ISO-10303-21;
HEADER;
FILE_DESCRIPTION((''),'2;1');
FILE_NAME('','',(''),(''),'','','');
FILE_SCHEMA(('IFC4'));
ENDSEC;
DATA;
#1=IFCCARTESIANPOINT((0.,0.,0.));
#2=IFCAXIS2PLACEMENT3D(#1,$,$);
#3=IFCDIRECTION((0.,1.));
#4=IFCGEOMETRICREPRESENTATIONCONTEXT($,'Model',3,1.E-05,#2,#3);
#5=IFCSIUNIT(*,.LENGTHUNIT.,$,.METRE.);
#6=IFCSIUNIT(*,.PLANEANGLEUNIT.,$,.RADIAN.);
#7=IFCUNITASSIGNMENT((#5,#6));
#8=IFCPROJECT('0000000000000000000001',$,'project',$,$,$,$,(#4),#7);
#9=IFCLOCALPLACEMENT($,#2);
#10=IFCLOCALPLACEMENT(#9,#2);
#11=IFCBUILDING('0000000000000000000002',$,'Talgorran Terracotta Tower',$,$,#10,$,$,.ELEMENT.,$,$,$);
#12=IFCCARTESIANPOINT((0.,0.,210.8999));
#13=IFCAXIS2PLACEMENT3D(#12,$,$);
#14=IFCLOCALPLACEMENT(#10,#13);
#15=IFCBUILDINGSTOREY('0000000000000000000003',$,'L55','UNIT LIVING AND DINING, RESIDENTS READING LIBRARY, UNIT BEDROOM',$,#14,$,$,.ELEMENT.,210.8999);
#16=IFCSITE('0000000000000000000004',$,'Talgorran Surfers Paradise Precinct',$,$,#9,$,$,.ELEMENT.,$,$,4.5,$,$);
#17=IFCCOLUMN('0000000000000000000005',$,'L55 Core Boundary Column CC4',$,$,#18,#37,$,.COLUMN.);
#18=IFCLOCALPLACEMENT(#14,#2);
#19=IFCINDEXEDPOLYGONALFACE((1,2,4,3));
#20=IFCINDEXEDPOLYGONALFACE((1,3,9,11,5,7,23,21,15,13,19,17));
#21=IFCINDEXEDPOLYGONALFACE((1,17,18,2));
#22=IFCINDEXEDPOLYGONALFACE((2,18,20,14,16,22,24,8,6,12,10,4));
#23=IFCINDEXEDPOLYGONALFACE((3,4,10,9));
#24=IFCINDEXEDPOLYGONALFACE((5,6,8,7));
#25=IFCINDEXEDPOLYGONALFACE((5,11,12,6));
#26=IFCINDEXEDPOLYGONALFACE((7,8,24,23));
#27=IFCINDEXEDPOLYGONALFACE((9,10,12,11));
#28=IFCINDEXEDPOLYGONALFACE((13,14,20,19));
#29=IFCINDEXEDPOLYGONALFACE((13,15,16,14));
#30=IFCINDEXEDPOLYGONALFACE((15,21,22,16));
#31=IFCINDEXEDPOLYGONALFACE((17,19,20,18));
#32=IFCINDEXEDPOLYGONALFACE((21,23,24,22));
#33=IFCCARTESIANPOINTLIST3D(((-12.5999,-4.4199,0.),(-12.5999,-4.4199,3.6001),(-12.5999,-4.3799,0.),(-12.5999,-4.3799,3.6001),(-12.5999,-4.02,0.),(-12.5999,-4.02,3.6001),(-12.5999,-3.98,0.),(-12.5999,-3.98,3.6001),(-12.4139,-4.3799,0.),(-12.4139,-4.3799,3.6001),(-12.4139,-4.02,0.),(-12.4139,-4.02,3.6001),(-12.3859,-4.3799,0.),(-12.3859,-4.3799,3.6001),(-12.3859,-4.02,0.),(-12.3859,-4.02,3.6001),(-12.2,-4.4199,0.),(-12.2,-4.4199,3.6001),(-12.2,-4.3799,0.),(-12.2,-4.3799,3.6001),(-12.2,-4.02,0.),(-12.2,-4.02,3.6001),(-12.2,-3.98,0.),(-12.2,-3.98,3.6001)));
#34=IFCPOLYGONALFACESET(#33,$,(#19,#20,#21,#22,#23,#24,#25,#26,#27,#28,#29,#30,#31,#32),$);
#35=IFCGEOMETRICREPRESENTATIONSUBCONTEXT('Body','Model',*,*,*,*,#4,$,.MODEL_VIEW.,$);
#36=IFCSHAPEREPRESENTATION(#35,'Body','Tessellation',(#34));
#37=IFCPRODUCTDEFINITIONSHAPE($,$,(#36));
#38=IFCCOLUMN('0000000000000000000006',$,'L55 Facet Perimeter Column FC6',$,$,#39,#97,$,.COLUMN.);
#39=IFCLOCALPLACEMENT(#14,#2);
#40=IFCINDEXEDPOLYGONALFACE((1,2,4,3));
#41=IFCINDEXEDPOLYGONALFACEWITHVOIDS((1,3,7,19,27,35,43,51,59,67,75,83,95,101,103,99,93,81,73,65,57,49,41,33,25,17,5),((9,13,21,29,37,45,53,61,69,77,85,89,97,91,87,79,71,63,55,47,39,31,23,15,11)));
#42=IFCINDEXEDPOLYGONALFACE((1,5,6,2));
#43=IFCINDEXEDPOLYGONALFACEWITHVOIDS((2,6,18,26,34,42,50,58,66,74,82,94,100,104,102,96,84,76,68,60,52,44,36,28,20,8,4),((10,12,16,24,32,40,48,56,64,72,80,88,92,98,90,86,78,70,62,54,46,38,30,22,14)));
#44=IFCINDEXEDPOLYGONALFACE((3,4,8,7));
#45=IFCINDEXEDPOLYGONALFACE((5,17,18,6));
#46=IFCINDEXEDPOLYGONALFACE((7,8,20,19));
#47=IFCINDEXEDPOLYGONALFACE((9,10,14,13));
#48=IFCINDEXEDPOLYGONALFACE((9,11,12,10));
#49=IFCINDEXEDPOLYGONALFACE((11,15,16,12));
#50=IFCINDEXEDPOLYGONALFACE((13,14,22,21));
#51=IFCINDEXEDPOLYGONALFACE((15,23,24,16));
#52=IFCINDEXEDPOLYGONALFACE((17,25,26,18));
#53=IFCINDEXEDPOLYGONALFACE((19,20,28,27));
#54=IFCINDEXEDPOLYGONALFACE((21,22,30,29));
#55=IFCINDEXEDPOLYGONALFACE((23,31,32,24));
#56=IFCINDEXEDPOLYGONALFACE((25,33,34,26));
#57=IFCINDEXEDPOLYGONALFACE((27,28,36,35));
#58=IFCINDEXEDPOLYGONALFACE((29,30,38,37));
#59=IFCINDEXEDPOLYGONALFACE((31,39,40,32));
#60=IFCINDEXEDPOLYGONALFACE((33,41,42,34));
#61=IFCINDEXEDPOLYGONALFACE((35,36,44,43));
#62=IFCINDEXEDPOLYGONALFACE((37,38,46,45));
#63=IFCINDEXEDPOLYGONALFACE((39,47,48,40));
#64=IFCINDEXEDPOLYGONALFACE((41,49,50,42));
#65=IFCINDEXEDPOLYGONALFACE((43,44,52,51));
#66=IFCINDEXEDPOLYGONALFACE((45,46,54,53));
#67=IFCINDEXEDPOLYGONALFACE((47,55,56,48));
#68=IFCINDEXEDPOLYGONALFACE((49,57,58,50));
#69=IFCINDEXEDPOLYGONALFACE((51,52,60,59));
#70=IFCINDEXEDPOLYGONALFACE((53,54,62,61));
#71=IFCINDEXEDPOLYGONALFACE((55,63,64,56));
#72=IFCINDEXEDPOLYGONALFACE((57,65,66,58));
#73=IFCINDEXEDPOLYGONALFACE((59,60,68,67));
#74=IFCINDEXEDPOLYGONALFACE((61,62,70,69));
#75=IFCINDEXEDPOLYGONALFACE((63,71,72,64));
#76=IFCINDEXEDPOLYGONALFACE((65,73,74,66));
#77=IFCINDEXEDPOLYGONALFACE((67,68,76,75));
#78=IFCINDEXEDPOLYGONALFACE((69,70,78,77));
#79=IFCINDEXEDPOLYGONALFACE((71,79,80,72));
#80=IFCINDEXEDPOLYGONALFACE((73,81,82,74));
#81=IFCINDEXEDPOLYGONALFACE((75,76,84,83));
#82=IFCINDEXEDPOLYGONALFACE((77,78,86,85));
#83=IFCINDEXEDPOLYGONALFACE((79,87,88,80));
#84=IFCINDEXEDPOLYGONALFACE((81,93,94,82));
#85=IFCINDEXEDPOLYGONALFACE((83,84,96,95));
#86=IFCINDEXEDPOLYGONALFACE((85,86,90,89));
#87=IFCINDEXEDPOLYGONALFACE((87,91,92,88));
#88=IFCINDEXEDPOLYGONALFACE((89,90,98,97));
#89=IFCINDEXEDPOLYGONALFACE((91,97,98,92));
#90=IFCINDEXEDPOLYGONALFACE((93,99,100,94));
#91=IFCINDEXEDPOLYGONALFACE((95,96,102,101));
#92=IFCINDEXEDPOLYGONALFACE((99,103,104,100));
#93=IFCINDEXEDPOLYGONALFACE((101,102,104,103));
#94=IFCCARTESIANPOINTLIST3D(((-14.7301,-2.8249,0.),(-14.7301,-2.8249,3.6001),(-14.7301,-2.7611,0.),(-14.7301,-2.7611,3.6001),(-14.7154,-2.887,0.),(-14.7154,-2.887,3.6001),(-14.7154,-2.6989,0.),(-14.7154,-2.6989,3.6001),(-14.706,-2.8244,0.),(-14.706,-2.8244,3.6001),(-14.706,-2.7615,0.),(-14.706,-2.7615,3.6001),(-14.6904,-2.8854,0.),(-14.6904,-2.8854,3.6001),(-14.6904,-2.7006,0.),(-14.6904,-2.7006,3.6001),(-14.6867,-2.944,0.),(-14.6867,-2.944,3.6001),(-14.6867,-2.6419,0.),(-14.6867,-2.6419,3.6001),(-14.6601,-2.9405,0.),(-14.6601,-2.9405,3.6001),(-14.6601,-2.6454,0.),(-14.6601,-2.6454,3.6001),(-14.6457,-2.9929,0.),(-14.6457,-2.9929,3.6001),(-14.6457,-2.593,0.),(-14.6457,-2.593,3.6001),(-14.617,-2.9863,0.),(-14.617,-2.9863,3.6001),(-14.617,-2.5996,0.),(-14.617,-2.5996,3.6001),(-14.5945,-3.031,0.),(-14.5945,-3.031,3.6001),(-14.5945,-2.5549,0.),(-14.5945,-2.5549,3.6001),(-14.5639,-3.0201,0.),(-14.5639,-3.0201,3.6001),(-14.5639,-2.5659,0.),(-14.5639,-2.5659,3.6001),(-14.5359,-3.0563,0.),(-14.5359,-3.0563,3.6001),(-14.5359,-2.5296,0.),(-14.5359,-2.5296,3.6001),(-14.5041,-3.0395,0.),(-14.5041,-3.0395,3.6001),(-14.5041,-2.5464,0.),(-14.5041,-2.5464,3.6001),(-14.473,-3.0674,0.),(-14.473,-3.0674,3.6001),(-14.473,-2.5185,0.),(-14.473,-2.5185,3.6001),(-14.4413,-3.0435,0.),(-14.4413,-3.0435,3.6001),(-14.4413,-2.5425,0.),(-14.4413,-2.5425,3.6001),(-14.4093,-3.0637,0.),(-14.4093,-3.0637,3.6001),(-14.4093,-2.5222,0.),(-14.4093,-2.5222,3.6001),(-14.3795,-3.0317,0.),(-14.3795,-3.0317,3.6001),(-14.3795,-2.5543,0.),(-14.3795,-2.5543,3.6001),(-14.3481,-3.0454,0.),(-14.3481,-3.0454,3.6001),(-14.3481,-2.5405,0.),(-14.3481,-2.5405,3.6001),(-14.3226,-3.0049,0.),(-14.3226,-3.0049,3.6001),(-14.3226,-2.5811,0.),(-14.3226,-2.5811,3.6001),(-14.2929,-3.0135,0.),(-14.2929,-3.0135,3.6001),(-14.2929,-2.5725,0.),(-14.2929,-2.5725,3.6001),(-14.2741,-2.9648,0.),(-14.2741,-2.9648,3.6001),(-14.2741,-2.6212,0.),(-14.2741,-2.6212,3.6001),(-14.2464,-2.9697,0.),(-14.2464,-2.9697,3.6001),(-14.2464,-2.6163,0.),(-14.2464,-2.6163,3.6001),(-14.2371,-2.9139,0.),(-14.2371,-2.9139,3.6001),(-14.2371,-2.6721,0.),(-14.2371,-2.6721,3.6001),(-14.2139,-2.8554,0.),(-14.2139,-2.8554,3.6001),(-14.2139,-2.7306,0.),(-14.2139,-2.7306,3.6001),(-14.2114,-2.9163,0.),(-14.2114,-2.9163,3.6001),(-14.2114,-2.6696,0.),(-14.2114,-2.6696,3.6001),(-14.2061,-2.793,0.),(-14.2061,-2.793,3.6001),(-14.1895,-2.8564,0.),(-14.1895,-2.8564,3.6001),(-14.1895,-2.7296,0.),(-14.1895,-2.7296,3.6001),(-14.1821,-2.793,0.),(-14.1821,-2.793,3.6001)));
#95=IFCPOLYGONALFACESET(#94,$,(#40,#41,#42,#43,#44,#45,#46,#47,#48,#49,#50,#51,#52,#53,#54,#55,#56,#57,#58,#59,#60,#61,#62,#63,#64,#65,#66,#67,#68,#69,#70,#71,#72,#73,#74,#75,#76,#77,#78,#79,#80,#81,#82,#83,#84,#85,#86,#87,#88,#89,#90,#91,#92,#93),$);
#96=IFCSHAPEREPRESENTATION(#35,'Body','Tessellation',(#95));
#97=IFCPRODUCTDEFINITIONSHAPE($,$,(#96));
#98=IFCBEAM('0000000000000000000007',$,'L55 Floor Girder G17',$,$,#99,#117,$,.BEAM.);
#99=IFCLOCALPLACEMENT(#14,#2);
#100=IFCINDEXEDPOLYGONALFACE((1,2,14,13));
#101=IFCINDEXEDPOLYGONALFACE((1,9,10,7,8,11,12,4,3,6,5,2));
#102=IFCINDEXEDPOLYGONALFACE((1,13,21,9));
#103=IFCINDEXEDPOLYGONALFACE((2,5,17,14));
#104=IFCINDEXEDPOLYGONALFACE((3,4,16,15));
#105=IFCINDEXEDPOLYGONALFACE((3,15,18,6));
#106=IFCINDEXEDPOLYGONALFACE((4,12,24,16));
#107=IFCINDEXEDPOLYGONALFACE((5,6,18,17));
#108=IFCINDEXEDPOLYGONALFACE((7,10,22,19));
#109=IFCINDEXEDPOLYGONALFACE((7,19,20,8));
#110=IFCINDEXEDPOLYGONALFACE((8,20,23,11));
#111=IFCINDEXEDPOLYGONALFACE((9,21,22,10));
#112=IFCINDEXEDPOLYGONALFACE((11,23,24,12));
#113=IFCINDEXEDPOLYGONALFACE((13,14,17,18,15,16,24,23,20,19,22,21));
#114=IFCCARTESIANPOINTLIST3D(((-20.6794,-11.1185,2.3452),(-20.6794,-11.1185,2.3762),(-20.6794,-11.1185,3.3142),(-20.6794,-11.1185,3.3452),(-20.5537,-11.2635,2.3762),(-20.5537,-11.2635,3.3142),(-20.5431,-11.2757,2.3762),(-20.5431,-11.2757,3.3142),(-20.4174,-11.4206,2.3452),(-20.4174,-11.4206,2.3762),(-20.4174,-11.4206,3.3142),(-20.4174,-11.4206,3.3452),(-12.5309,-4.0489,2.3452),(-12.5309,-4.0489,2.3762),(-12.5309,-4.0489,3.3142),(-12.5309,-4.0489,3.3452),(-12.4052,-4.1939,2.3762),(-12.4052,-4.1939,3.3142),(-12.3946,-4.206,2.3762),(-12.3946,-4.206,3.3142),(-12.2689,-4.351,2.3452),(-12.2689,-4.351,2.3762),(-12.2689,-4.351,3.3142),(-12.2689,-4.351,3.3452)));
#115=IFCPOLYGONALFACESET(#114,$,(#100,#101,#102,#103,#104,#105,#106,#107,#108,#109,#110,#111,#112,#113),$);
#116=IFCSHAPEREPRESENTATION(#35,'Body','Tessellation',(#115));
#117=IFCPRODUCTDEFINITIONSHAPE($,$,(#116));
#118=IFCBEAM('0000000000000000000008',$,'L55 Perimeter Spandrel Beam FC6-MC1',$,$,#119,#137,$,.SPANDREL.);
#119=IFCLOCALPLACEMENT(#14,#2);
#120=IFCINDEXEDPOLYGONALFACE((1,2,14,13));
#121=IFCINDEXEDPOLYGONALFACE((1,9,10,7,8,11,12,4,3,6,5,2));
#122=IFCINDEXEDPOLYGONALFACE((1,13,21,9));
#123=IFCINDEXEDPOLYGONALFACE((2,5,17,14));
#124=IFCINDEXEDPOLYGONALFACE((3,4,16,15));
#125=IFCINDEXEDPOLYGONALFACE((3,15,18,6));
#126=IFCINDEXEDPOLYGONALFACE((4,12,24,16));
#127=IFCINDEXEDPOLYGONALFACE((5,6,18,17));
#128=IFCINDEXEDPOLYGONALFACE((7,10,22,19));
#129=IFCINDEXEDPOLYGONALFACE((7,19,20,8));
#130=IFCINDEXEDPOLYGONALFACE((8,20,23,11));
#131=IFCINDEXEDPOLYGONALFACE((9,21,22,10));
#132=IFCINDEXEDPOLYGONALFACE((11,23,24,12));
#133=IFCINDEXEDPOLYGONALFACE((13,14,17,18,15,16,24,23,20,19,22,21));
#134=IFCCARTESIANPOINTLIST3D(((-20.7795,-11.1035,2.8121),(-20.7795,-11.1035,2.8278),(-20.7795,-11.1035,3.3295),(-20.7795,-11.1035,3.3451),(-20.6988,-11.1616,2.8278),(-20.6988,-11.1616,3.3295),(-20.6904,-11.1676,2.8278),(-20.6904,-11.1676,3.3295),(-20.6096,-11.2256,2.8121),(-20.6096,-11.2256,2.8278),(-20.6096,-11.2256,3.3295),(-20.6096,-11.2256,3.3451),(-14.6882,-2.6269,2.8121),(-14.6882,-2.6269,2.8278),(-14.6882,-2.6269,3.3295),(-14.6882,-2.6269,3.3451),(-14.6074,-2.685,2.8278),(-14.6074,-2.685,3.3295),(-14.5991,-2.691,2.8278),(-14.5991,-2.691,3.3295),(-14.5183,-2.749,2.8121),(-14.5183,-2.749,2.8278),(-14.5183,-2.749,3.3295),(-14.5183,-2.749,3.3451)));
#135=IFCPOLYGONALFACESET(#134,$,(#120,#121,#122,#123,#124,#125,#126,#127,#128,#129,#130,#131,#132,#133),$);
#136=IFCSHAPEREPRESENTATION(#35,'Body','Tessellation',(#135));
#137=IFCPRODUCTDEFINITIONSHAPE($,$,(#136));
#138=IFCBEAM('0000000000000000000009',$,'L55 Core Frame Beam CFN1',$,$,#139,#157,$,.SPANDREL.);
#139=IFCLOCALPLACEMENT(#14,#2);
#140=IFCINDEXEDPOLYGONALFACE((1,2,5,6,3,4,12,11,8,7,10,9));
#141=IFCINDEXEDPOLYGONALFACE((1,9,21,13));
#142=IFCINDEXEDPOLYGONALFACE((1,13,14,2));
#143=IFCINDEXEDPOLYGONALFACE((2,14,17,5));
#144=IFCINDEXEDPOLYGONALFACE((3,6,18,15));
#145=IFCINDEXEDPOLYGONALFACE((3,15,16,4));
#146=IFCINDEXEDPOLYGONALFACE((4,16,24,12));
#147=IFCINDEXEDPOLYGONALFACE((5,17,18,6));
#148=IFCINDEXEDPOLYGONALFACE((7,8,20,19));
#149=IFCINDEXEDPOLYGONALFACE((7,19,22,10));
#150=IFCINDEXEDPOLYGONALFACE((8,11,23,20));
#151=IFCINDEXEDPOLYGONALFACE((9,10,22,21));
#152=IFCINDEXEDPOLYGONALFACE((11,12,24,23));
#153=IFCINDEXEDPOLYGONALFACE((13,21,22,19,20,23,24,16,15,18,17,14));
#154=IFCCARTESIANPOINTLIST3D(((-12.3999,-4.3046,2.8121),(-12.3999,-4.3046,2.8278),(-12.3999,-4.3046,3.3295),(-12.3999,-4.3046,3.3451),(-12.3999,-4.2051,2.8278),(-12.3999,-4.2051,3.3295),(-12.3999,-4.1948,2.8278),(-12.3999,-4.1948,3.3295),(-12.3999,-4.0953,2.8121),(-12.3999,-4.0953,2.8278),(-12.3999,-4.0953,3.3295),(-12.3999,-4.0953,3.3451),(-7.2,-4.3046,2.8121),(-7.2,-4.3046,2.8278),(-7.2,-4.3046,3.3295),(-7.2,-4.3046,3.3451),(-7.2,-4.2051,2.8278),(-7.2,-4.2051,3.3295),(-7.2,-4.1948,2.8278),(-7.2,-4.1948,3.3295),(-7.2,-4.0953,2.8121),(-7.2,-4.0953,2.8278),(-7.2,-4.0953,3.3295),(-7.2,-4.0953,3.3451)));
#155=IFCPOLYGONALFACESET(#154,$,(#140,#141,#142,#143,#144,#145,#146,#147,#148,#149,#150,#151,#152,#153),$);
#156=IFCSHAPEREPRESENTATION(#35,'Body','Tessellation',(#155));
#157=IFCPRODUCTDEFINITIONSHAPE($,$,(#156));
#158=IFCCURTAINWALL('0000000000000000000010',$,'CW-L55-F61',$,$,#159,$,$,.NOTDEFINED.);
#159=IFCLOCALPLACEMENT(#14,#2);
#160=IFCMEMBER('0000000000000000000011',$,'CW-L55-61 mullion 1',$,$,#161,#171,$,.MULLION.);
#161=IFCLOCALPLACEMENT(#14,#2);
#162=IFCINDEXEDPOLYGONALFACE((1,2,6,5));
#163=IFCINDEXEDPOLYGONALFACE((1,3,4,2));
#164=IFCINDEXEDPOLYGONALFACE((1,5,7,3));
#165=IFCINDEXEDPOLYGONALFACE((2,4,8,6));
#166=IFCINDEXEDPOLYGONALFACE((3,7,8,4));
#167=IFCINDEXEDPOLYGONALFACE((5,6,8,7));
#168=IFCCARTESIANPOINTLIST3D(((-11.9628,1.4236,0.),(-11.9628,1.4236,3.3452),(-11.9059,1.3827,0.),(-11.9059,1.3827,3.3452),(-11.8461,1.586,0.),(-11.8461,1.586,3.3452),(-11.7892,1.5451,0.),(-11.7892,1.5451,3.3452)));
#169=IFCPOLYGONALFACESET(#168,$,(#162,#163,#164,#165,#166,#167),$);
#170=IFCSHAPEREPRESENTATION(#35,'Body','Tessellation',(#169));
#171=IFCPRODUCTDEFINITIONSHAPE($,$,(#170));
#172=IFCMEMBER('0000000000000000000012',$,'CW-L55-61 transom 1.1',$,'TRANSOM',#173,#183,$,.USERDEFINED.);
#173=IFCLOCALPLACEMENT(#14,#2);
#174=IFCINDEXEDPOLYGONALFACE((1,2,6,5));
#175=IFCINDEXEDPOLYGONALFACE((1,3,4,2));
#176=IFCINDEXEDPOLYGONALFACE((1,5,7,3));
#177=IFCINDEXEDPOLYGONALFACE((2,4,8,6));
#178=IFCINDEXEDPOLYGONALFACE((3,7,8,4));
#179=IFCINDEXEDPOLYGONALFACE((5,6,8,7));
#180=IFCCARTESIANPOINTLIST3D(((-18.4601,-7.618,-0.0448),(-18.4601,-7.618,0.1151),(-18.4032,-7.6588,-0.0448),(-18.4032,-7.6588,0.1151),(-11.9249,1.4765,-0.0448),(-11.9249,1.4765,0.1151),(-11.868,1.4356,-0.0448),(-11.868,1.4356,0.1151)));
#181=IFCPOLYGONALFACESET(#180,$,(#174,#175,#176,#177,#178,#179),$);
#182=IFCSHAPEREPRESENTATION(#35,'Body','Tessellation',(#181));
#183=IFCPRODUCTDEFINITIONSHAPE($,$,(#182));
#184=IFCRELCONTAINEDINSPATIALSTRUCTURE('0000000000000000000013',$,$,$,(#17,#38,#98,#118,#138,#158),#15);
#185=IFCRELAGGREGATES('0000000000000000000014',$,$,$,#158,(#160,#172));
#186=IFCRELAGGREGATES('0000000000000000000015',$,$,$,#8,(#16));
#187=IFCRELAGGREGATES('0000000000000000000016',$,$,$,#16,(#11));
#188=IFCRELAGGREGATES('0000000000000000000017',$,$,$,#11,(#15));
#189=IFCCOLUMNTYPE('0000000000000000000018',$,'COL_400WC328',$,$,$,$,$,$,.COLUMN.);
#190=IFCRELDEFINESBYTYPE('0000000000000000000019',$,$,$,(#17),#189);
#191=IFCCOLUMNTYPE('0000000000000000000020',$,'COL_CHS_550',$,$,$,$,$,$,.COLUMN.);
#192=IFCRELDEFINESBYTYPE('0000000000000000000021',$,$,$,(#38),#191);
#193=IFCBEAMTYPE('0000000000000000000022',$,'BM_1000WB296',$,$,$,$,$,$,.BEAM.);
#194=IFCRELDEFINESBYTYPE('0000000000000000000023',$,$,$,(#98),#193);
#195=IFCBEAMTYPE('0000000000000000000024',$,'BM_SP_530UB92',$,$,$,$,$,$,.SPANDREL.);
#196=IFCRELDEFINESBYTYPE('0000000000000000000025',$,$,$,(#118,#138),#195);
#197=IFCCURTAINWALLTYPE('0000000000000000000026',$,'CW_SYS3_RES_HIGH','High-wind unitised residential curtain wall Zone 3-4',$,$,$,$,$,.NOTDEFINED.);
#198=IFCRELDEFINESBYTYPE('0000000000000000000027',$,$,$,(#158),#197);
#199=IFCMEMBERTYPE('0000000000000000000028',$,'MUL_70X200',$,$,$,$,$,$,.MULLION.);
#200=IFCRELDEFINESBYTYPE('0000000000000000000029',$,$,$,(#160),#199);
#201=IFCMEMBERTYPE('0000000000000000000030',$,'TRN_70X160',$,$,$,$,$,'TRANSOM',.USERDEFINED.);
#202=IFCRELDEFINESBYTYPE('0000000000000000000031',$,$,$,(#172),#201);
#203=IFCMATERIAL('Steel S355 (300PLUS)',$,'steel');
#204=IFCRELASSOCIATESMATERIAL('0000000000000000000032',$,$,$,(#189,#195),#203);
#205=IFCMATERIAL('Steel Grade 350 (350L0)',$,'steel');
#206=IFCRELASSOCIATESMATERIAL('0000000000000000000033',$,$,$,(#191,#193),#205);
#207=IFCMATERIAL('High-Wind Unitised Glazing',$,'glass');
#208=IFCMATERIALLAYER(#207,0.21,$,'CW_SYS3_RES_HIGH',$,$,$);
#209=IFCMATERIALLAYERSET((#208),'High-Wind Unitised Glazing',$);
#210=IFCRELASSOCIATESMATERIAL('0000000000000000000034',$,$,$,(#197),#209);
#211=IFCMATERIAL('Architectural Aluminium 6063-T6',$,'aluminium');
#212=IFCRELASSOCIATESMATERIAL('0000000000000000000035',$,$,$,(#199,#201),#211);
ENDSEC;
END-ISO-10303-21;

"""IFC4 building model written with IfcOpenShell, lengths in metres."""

from ifc_helpers import new_model, si_unit, direction, frame, origin, origin_2d, place, context, subcontext, project, spatial, rectangle, hollow_circle, i_section, extrude, material, layer, layer_set, material_profile, profile_set, type_object, element, aggregate, save


model = new_model("IFC4")

# Units and contexts
model_context = context("Model", 3, precision=1e-05, world=origin(), true_north=direction((0.0, 1.0)))
body_context = subcontext(model_context, "Body", "Model", "MODEL_VIEW")
ifc_project = project(units=[si_unit("LENGTHUNIT", "METRE"), si_unit("PLANEANGLEUNIT", "RADIAN")], contexts=[model_context])

# Site, building, storey
site_placement = place(None, origin())
site = spatial("IfcSite", under=ifc_project, at=site_placement, Name="Talgorran Surfers Paradise Precinct", CompositionType="ELEMENT", RefElevation=4.5)
building_placement = place(site_placement, origin())
building = spatial("IfcBuilding", under=site, at=building_placement, Name="Talgorran Terracotta Tower", CompositionType="ELEMENT")
storey_placement = place(building_placement, frame((0.0, 0.0, 210.8999)))
storey = spatial("IfcBuildingStorey", under=building, at=storey_placement, Name="L55", Description="UNIT LIVING AND DINING, RESIDENTS READING LIBRARY, UNIT BEDROOM", CompositionType="ELEMENT", Elevation=210.8999)

# Columns
ifc_material_1 = material(Name="Steel S355 (300PLUS)", Category="steel")
ifc_material_profile_1 = material_profile(ifc_material_1, i_section(OverallWidth=0.3999, OverallDepth=0.4399, WebThickness=0.0281, FlangeThickness=0.04, at=origin_2d()), Name="400WC328")
ifc_profile_set_1 = profile_set([ifc_material_profile_1], Name="Steel S355 (300PLUS)")
column_type_1 = type_object("IfcColumnType", Name="COL_400WC328", PredefinedType="COLUMN", material=ifc_profile_set_1)
column_1_placement = place(storey_placement, frame((-12.3999, -4.2, 0.0), z_axis=(0.0, 0.0, 1.0), x_axis=(1.0, 0.0, 0.0)))
element("IfcColumn", 1, at=column_1_placement, inside=storey, type_object=column_type_1, Name="L55 Core Boundary Column CC4", PredefinedType="COLUMN", context=body_context, shape_type="SweptSolid", body=[
    extrude(i_section(OverallWidth=0.3999, OverallDepth=0.4399, WebThickness=0.0281, FlangeThickness=0.04, at=origin_2d()), origin(), (0.0, 0.0, 1.0), 3.6001),
])
ifc_material_2 = material(Name="Steel Grade 350 (350L0)", Category="steel")
ifc_material_profile_2 = material_profile(ifc_material_2, hollow_circle(Radius=0.2749, WallThickness=0.0239, at=origin_2d()), Name="CHS550X24")
ifc_profile_set_2 = profile_set([ifc_material_profile_2], Name="Steel Grade 350 (350L0)")
column_type_2 = type_object("IfcColumnType", Name="COL_CHS_550", PredefinedType="COLUMN", material=ifc_profile_set_2)
column_2_placement = place(storey_placement, frame((-14.457, -2.793, 0.0), z_axis=(0.0, 0.0, 1.0), x_axis=(1.0, 0.0, 0.0)))
element("IfcColumn", 2, at=column_2_placement, inside=storey, type_object=column_type_2, Name="L55 Facet Perimeter Column FC6", PredefinedType="COLUMN", context=body_context, shape_type="SweptSolid", body=[
    extrude(hollow_circle(Radius=0.2749, WallThickness=0.0239, at=origin_2d()), origin(), (0.0, 0.0, 1.0), 3.6001),
])

# Beams
ifc_material_profile_3 = material_profile(ifc_material_2, i_section(OverallWidth=0.3999, OverallDepth=1.0, WebThickness=0.0161, FlangeThickness=0.031, at=origin_2d()), Name="1000WB296")
ifc_profile_set_3 = profile_set([ifc_material_profile_3], Name="Steel Grade 350 (350L0)")
beam_type_1 = type_object("IfcBeamType", Name="BM_1000WB296", PredefinedType="BEAM", material=ifc_profile_set_3)
beam_1_placement = place(storey_placement, frame((-12.3999, -4.2, 2.8452), z_axis=(-0.75534, -0.655333, 0.0), x_axis=(0.655333, -0.75534, 0.0)))
element("IfcBeam", 3, at=beam_1_placement, inside=storey, type_object=beam_type_1, Name="L55 Floor Girder G17", PredefinedType="BEAM", context=body_context, shape_type="SweptSolid", body=[
    extrude(i_section(OverallWidth=0.3999, OverallDepth=1.0, WebThickness=0.0161, FlangeThickness=0.031, at=origin_2d()), origin(), (0.0, 0.0, 1.0), 10.7878),
])
ifc_material_profile_4 = material_profile(ifc_material_1, i_section(OverallWidth=0.2092, OverallDepth=0.533, WebThickness=0.0103, FlangeThickness=0.0156, at=origin_2d()), Name="530UB92.4")
ifc_profile_set_4 = profile_set([ifc_material_profile_4], Name="Steel S355 (300PLUS)")
beam_type_2 = type_object("IfcBeamType", Name="BM_SP_530UB92", PredefinedType="SPANDREL", material=ifc_profile_set_4)
beam_2_placement = place(storey_placement, frame((-14.6033, -2.688, 3.0786), z_axis=(-0.583559, -0.812071, 0.0), x_axis=(0.812071, -0.583559, 0.0)))
element("IfcBeam", 4, at=beam_2_placement, inside=storey, type_object=beam_type_2, Name="L55 Perimeter Spandrel Beam FC6-MC1", PredefinedType="SPANDREL", context=body_context, shape_type="SweptSolid", body=[
    extrude(i_section(OverallWidth=0.2092, OverallDepth=0.533, WebThickness=0.0103, FlangeThickness=0.0156, at=origin_2d()), origin(), (0.0, 0.0, 1.0), 10.4382),
])
beam_3_placement = place(storey_placement, frame((-12.3999, -4.2, 3.0786), z_axis=(1.0, 0.0, 0.0), x_axis=(0.0, 1.0, 0.0)))
element("IfcBeam", 5, at=beam_3_placement, inside=storey, type_object=beam_type_2, Name="L55 Core Frame Beam CFN1", PredefinedType="SPANDREL", context=body_context, shape_type="SweptSolid", body=[
    extrude(i_section(OverallWidth=0.2092, OverallDepth=0.533, WebThickness=0.0103, FlangeThickness=0.0156, at=origin_2d()), origin(), (0.0, 0.0, 1.0), 5.2),
])

# Curtain wall, members
ifc_material_3 = material(Name="High-Wind Unitised Glazing", Category="glass")
ifc_layer_1 = layer(ifc_material_3, 0.21, Name="CW_SYS3_RES_HIGH")
ifc_layer_set_1 = layer_set([ifc_layer_1], Name="High-Wind Unitised Glazing")
curtain_wall_type = type_object("IfcCurtainWallType", Name="CW_SYS3_RES_HIGH", Description="High-wind unitised residential curtain wall Zone 3-4", PredefinedType="NOTDEFINED", material=ifc_layer_set_1)
curtain_wall_placement = place(storey_placement, origin())
curtain_wall = element("IfcCurtainWall", 6, at=curtain_wall_placement, inside=storey, type_object=curtain_wall_type, Name="CW-L55-F61", PredefinedType="NOTDEFINED")
ifc_material_4 = material(Name="Architectural Aluminium 6063-T6", Category="aluminium")
ifc_material_profile_5 = material_profile(ifc_material_4, rectangle(XDim=0.0701, YDim=0.2, at=origin_2d()), Name="CWM70X200")
ifc_profile_set_5 = profile_set([ifc_material_profile_5], Name="Architectural Aluminium 6063-T6")
member_type_1 = type_object("IfcMemberType", Name="MUL_70X200", PredefinedType="MULLION", material=ifc_profile_set_5)
member_1_placement = place(storey_placement, frame((-11.876, 1.4844, 0.0), z_axis=(0.0, 0.0, 1.0), x_axis=(0.812076, -0.583552, 0.0)))
member_1 = element("IfcMember", 7, at=member_1_placement, type_object=member_type_1, Name="CW-L55-61 mullion 1", PredefinedType="MULLION", context=body_context, shape_type="SweptSolid", body=[
    extrude(rectangle(XDim=0.0701, YDim=0.2, at=origin_2d()), origin(), (0.0, 0.0, 1.0), 3.3452),
])
ifc_material_profile_6 = material_profile(ifc_material_4, rectangle(XDim=0.0701, YDim=0.1599, at=origin_2d()), Name="CWT70X160")
ifc_profile_set_6 = profile_set([ifc_material_profile_6], Name="Architectural Aluminium 6063-T6")
member_type_2 = type_object("IfcMemberType", Name="TRN_70X160", ElementType="TRANSOM", PredefinedType="USERDEFINED", material=ifc_profile_set_6)
member_2_placement = place(storey_placement, frame((-11.8965, 1.4561, 0.0352), z_axis=(-0.583548, -0.812079, 0.0), x_axis=(0.812079, -0.583548, 0.0)))
member_2 = element("IfcMember", 8, at=member_2_placement, type_object=member_type_2, Name="CW-L55-61 transom 1.1", ObjectType="TRANSOM", PredefinedType="USERDEFINED", context=body_context, shape_type="SweptSolid", body=[
    extrude(rectangle(XDim=0.0701, YDim=0.1599, at=origin_2d()), origin(), (0.0, 0.0, 1.0), 11.199),
])
aggregate(curtain_wall, [member_1, member_2])

save(model, "model.ifc")
